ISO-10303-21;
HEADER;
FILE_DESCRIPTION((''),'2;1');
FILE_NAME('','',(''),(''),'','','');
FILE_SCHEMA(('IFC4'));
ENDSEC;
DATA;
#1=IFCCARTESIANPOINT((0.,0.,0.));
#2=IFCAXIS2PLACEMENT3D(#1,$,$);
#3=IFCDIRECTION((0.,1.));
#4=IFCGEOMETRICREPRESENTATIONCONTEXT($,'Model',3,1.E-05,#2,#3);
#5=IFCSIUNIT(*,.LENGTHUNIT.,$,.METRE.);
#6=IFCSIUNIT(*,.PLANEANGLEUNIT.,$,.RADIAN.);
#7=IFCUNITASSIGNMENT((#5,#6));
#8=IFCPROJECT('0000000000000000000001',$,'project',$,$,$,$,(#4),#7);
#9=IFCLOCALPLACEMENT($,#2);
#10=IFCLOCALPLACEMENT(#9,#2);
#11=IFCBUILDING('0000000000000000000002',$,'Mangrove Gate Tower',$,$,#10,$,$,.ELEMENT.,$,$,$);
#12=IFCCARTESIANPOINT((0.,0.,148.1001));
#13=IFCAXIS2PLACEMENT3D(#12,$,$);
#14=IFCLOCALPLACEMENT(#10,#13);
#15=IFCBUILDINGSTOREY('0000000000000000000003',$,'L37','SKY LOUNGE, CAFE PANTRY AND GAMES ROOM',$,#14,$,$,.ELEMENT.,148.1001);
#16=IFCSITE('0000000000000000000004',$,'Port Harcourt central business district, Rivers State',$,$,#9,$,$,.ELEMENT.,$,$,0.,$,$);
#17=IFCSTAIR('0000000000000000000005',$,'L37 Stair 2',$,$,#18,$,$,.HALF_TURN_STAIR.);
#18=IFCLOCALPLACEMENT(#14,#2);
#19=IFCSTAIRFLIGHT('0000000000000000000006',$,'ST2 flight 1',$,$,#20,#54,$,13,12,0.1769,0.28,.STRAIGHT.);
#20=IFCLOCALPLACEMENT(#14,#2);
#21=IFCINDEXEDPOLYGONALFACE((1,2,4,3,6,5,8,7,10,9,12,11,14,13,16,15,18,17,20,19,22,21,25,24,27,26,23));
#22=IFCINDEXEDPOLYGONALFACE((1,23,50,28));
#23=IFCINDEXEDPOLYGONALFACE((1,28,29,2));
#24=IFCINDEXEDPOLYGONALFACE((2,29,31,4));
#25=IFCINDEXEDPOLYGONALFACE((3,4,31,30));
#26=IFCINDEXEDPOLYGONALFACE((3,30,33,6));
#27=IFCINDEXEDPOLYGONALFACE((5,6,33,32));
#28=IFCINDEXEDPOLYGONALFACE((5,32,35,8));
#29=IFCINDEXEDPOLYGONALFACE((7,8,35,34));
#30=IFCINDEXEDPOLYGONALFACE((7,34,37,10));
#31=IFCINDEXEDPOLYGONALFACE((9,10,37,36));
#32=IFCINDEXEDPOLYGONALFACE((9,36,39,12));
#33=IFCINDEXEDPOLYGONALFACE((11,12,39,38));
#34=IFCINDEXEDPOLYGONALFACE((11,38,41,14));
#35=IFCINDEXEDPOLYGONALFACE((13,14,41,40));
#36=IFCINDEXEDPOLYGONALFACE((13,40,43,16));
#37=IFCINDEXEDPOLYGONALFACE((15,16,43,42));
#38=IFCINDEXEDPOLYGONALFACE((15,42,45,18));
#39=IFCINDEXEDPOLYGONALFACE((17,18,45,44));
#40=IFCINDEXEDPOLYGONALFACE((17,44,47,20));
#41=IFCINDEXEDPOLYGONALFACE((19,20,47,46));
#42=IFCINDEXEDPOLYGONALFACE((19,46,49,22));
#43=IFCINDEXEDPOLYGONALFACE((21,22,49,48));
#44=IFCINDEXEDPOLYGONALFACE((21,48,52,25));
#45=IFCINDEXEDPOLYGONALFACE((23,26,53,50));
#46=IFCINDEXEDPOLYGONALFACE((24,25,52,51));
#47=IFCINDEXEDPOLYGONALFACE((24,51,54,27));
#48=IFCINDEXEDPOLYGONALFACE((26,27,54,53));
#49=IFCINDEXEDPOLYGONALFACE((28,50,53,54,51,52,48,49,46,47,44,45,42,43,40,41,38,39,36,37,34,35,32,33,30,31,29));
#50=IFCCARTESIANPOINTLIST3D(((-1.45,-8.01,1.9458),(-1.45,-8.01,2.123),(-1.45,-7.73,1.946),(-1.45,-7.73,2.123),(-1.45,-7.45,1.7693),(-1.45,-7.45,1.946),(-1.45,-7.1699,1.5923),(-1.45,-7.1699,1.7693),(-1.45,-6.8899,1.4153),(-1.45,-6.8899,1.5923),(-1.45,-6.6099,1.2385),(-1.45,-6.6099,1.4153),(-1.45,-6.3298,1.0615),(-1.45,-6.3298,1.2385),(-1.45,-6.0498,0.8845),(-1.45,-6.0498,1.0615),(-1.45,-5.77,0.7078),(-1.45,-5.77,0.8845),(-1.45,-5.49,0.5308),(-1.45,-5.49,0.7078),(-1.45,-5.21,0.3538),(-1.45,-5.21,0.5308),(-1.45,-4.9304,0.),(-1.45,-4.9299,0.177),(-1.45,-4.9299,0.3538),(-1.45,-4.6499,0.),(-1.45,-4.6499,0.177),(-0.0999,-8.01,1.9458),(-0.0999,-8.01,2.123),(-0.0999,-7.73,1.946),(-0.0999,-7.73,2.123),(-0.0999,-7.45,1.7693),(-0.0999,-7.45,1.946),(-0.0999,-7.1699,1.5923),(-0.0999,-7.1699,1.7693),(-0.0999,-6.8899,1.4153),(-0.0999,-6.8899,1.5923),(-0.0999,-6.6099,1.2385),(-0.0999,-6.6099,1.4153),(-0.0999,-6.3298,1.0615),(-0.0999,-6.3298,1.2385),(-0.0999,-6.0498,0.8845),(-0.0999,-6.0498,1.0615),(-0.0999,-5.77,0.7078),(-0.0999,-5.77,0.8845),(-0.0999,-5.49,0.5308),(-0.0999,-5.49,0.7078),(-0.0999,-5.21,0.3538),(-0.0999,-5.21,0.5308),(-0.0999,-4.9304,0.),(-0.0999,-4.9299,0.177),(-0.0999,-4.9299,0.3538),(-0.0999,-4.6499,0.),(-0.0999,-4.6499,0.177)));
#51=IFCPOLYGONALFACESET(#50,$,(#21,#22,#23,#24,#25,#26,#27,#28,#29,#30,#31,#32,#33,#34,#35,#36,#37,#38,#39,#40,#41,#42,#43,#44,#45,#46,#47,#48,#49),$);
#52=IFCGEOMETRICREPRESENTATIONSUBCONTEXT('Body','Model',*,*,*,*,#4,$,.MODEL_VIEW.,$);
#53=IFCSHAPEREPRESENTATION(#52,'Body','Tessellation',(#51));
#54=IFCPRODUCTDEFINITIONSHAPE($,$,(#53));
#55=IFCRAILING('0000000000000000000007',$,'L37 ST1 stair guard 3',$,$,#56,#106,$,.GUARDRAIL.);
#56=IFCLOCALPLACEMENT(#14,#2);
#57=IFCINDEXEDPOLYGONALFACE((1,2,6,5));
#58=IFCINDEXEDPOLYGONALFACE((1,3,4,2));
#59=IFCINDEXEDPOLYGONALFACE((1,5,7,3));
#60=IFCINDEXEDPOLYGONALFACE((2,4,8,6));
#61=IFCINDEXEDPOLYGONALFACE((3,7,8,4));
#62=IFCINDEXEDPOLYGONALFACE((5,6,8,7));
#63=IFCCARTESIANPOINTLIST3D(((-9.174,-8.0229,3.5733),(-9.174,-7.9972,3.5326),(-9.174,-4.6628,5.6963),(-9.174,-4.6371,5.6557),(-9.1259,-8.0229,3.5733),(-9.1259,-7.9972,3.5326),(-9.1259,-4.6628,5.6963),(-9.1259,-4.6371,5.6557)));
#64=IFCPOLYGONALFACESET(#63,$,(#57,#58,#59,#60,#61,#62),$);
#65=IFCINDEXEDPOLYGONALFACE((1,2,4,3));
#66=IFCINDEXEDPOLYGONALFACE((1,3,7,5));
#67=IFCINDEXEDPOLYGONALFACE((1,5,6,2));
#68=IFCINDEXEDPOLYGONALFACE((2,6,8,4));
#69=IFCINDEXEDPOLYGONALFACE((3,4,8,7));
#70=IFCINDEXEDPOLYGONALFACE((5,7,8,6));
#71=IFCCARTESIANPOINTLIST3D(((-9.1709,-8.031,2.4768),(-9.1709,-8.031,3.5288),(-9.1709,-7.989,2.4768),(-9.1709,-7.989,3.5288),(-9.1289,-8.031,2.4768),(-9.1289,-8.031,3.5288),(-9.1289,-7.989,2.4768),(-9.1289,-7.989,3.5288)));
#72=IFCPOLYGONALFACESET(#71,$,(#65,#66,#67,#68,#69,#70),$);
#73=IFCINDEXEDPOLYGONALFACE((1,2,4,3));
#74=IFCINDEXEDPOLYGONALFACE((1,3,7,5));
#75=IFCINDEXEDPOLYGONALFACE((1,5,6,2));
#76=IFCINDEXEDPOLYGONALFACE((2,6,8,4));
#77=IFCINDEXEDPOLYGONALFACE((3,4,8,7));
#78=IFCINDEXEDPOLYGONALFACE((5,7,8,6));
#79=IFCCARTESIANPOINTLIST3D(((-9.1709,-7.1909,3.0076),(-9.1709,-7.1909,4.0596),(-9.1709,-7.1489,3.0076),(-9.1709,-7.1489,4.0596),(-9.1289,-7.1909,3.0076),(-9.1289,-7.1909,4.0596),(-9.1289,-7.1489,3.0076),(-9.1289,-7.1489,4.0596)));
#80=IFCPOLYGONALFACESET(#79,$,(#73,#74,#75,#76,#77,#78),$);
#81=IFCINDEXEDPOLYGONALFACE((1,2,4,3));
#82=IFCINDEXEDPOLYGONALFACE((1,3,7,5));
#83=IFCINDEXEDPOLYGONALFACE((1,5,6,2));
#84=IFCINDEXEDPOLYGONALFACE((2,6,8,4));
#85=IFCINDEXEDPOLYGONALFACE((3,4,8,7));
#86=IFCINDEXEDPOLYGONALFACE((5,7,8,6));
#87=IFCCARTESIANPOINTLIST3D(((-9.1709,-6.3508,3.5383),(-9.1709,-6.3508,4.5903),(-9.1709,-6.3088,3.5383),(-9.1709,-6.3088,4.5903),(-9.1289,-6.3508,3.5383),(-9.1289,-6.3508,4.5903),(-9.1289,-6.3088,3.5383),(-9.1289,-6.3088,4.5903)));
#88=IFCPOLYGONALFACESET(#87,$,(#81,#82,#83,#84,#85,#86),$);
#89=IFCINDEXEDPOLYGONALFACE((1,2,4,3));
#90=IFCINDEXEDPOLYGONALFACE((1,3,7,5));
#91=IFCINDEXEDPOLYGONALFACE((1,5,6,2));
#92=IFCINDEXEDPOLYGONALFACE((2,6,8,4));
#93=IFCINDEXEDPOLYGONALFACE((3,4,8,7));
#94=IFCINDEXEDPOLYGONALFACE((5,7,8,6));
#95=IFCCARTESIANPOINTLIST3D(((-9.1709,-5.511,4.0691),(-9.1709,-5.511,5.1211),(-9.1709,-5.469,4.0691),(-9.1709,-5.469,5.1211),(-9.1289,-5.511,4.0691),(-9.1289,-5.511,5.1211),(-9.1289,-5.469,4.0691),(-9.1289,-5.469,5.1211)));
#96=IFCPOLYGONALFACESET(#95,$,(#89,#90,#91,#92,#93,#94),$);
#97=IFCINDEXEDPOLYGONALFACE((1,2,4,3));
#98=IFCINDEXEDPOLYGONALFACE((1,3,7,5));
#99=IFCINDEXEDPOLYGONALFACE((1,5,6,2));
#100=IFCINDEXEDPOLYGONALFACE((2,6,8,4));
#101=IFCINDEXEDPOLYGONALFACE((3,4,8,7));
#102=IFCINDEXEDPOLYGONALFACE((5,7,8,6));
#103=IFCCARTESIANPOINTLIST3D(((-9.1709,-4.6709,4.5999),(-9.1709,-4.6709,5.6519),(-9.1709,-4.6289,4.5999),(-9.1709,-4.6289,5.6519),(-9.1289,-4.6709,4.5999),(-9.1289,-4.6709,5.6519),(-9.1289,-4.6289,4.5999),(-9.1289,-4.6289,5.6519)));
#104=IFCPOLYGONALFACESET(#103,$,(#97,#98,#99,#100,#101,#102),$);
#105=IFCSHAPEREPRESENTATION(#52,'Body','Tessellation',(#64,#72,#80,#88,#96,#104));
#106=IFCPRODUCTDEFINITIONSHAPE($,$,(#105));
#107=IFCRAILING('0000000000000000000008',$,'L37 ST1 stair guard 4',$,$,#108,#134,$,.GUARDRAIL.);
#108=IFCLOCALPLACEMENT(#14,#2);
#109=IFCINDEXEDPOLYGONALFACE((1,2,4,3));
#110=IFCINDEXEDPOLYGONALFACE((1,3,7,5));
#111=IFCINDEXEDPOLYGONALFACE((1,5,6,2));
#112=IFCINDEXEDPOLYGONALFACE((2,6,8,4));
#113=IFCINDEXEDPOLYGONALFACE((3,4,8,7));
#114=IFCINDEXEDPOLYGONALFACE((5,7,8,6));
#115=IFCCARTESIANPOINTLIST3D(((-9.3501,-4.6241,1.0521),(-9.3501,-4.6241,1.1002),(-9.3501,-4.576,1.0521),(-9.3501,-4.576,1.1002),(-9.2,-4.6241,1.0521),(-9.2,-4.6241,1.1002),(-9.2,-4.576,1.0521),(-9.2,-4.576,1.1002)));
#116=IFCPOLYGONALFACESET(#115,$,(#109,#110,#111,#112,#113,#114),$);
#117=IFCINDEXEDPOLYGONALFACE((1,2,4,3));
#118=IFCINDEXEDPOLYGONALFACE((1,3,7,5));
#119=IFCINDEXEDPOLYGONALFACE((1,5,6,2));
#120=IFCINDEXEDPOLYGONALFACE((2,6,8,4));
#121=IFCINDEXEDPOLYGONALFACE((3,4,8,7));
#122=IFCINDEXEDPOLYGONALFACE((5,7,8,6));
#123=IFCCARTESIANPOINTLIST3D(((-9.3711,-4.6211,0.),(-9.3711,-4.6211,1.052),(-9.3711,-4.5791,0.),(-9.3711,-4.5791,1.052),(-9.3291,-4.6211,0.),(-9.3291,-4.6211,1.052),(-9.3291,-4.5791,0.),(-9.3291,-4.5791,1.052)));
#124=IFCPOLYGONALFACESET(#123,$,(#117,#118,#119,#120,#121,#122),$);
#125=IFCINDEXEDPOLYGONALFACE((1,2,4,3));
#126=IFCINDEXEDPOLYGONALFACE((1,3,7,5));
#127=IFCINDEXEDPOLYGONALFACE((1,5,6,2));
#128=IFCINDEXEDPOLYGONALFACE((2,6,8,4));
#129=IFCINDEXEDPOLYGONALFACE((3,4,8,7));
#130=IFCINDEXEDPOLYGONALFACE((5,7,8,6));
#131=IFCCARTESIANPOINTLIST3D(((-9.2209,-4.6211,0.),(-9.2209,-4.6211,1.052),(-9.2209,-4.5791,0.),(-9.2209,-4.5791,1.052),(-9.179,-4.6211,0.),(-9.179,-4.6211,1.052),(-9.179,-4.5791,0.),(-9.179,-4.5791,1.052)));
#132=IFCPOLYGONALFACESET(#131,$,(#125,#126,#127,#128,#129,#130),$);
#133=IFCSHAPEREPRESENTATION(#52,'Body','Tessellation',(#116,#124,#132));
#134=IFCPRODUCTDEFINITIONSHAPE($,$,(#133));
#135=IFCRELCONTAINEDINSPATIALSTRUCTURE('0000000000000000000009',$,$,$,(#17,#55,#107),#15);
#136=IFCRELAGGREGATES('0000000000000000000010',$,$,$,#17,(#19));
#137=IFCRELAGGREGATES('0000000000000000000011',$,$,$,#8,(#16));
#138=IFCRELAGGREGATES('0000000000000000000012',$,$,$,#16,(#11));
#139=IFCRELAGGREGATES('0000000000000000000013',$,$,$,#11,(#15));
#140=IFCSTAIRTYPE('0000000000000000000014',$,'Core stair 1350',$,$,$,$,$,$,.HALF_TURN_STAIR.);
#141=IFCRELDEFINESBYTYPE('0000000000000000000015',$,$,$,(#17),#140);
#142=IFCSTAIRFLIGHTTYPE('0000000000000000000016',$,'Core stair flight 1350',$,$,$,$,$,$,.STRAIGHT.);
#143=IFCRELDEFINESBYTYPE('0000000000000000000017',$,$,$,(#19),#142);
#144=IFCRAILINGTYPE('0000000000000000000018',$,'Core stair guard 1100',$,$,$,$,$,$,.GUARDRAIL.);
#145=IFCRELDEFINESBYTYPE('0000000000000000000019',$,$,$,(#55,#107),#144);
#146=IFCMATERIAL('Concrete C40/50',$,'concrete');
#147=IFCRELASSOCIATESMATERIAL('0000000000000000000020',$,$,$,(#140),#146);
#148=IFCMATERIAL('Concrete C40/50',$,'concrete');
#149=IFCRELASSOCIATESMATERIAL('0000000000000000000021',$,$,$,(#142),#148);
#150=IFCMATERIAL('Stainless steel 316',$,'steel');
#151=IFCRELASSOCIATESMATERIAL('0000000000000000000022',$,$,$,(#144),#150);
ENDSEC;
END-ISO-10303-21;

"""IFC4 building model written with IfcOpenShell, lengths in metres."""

from ifc_helpers import new_model, si_unit, direction, frame, origin, origin_2d, place, context, subcontext, project, spatial, polyline, rectangle, outline, extrude, material, type_object, element, aggregate, save


model = new_model("IFC4")

# Units and contexts
model_context = context("Model", 3, precision=1e-05, world=origin(), true_north=direction((0.0, 1.0)))
body_context = subcontext(model_context, "Body", "Model", "MODEL_VIEW")
ifc_project = project(units=[si_unit("LENGTHUNIT", "METRE"), si_unit("PLANEANGLEUNIT", "RADIAN")], contexts=[model_context])

# Site, building, storey
site_placement = place(None, origin())
site = spatial("IfcSite", under=ifc_project, at=site_placement, Name="Port Harcourt central business district, Rivers State", CompositionType="ELEMENT", RefElevation=0.0)
building_placement = place(site_placement, origin())
building = spatial("IfcBuilding", under=site, at=building_placement, Name="Mangrove Gate Tower", CompositionType="ELEMENT")
storey_placement = place(building_placement, frame((0.0, 0.0, 148.1001)))
storey = spatial("IfcBuildingStorey", under=building, at=storey_placement, Name="L37", Description="SKY LOUNGE, CAFE PANTRY AND GAMES ROOM", CompositionType="ELEMENT", Elevation=148.1001)

# Stair, stair flight
ifc_material_1 = material(Name="Concrete C40/50", Category="concrete")
stair_type = type_object("IfcStairType", Name="Core stair 1350", PredefinedType="HALF_TURN_STAIR", material=ifc_material_1)
ifc_material_2 = material(Name="Concrete C40/50", Category="concrete")
stair_flight_type = type_object("IfcStairFlightType", Name="Core stair flight 1350", PredefinedType="STRAIGHT", material=ifc_material_2)
stair_1_placement = place(storey_placement, origin())
stair_1 = element("IfcStair", 1, at=stair_1_placement, inside=storey, type_object=stair_type, Name="L37 Stair 2", PredefinedType="HALF_TURN_STAIR")
stair_flight_1_placement = place(storey_placement, frame((-0.7749, -4.6499, 0.0), z_axis=(0.0, 0.0, 1.0), x_axis=(0.0, -1.0, 0.0)))
stair_flight_1 = element("IfcStairFlight", 2, at=stair_flight_1_placement, type_object=stair_flight_type, Name="ST2 flight 1", NumberOfRisers=13, NumberOfTreads=12, PredefinedType="STRAIGHT", RiserHeight=0.1769, TreadLength=0.28, context=body_context, shape_type="SweptSolid", body=[
    extrude(outline(polyline([(0.0, 0.0), (0.0, 0.177), (0.28, 0.177), (0.28, 0.3538), (0.5601, 0.3538), (0.5601, 0.5308), (0.8401, 0.5308), (0.8401, 0.7078), (1.1201, 0.7078), (1.1201, 0.8845), (1.3999, 0.8845), (1.3999, 1.0615), (1.6799, 1.0615), (1.6799, 1.2385), (1.96, 1.2385), (1.96, 1.4153), (2.24, 1.4153), (2.24, 1.5923), (2.52, 1.5923), (2.52, 1.7693), (2.8, 1.7693), (2.8, 1.946), (3.0801, 1.946), (3.0801, 2.123), (3.3601, 2.123), (3.3601, 2.3), (3.3601, 1.9458), (0.2805, 0.0), (0.0, 0.0)])), frame((0.0, 0.675, 0.0), z_axis=(0.0, -1.0, 0.0), x_axis=(1.0, 0.0, 0.0)), (0.0, 0.0, 1.0), 1.3501),
])
aggregate(stair_1, [stair_flight_1])

# Railings
ifc_material_3 = material(Name="Stainless steel 316", Category="steel")
railing_type_1 = type_object("IfcRailingType", Name="Core stair guard 1100", PredefinedType="GUARDRAIL", material=ifc_material_3)
railing_1_placement = place(storey_placement, frame((-9.1499, -8.01, 2.4768)))
element("IfcRailing", 3, at=railing_1_placement, inside=storey, type_object=railing_type_1, Name="L37 ST1 stair guard 3", PredefinedType="GUARDRAIL", context=body_context, shape_type="SweptSolid", body=[
    extrude(rectangle(XDim=0.0481, YDim=0.0481, at=origin_2d()), frame((0.0, 0.0, 1.0762), z_axis=(0.0, 0.84539, 0.53415), x_axis=(-1.0, 0.0, 0.0)), (0.0, 0.0, 1.0), 3.9746),
    extrude(rectangle(XDim=0.042, YDim=0.042, at=origin_2d()), origin(), (0.0, 0.0, 1.0), 1.052),
    extrude(rectangle(XDim=0.042, YDim=0.042, at=origin_2d()), frame((0.0, 0.8401, 0.5308)), (0.0, 0.0, 1.0), 1.052),
    extrude(rectangle(XDim=0.042, YDim=0.042, at=origin_2d()), frame((0.0, 1.6802, 1.0615)), (0.0, 0.0, 1.0), 1.052),
    extrude(rectangle(XDim=0.042, YDim=0.042, at=origin_2d()), frame((0.0, 2.52, 1.5923)), (0.0, 0.0, 1.0), 1.052),
    extrude(rectangle(XDim=0.042, YDim=0.042, at=origin_2d()), frame((0.0, 3.3601, 2.123)), (0.0, 0.0, 1.0), 1.052),
])
railing_2_placement = place(storey_placement, frame((-9.3501, -4.6001, 0.0)))
element("IfcRailing", 4, at=railing_2_placement, inside=storey, type_object=railing_type_1, Name="L37 ST1 stair guard 4", PredefinedType="GUARDRAIL", context=body_context, shape_type="SweptSolid", body=[
    extrude(rectangle(XDim=0.0481, YDim=0.0481, at=origin_2d()), frame((0.0, 0.0, 1.0762), z_axis=(1.0, 0.0, 0.0), x_axis=(0.0, 1.0, 0.0)), (0.0, 0.0, 1.0), 0.1501),
    extrude(rectangle(XDim=0.042, YDim=0.042, at=origin_2d()), origin(), (0.0, 0.0, 1.0), 1.052),
    extrude(rectangle(XDim=0.042, YDim=0.042, at=origin_2d()), frame((0.1501, 0.0, 0.0)), (0.0, 0.0, 1.0), 1.052),
])

save(model, "model.ifc")
